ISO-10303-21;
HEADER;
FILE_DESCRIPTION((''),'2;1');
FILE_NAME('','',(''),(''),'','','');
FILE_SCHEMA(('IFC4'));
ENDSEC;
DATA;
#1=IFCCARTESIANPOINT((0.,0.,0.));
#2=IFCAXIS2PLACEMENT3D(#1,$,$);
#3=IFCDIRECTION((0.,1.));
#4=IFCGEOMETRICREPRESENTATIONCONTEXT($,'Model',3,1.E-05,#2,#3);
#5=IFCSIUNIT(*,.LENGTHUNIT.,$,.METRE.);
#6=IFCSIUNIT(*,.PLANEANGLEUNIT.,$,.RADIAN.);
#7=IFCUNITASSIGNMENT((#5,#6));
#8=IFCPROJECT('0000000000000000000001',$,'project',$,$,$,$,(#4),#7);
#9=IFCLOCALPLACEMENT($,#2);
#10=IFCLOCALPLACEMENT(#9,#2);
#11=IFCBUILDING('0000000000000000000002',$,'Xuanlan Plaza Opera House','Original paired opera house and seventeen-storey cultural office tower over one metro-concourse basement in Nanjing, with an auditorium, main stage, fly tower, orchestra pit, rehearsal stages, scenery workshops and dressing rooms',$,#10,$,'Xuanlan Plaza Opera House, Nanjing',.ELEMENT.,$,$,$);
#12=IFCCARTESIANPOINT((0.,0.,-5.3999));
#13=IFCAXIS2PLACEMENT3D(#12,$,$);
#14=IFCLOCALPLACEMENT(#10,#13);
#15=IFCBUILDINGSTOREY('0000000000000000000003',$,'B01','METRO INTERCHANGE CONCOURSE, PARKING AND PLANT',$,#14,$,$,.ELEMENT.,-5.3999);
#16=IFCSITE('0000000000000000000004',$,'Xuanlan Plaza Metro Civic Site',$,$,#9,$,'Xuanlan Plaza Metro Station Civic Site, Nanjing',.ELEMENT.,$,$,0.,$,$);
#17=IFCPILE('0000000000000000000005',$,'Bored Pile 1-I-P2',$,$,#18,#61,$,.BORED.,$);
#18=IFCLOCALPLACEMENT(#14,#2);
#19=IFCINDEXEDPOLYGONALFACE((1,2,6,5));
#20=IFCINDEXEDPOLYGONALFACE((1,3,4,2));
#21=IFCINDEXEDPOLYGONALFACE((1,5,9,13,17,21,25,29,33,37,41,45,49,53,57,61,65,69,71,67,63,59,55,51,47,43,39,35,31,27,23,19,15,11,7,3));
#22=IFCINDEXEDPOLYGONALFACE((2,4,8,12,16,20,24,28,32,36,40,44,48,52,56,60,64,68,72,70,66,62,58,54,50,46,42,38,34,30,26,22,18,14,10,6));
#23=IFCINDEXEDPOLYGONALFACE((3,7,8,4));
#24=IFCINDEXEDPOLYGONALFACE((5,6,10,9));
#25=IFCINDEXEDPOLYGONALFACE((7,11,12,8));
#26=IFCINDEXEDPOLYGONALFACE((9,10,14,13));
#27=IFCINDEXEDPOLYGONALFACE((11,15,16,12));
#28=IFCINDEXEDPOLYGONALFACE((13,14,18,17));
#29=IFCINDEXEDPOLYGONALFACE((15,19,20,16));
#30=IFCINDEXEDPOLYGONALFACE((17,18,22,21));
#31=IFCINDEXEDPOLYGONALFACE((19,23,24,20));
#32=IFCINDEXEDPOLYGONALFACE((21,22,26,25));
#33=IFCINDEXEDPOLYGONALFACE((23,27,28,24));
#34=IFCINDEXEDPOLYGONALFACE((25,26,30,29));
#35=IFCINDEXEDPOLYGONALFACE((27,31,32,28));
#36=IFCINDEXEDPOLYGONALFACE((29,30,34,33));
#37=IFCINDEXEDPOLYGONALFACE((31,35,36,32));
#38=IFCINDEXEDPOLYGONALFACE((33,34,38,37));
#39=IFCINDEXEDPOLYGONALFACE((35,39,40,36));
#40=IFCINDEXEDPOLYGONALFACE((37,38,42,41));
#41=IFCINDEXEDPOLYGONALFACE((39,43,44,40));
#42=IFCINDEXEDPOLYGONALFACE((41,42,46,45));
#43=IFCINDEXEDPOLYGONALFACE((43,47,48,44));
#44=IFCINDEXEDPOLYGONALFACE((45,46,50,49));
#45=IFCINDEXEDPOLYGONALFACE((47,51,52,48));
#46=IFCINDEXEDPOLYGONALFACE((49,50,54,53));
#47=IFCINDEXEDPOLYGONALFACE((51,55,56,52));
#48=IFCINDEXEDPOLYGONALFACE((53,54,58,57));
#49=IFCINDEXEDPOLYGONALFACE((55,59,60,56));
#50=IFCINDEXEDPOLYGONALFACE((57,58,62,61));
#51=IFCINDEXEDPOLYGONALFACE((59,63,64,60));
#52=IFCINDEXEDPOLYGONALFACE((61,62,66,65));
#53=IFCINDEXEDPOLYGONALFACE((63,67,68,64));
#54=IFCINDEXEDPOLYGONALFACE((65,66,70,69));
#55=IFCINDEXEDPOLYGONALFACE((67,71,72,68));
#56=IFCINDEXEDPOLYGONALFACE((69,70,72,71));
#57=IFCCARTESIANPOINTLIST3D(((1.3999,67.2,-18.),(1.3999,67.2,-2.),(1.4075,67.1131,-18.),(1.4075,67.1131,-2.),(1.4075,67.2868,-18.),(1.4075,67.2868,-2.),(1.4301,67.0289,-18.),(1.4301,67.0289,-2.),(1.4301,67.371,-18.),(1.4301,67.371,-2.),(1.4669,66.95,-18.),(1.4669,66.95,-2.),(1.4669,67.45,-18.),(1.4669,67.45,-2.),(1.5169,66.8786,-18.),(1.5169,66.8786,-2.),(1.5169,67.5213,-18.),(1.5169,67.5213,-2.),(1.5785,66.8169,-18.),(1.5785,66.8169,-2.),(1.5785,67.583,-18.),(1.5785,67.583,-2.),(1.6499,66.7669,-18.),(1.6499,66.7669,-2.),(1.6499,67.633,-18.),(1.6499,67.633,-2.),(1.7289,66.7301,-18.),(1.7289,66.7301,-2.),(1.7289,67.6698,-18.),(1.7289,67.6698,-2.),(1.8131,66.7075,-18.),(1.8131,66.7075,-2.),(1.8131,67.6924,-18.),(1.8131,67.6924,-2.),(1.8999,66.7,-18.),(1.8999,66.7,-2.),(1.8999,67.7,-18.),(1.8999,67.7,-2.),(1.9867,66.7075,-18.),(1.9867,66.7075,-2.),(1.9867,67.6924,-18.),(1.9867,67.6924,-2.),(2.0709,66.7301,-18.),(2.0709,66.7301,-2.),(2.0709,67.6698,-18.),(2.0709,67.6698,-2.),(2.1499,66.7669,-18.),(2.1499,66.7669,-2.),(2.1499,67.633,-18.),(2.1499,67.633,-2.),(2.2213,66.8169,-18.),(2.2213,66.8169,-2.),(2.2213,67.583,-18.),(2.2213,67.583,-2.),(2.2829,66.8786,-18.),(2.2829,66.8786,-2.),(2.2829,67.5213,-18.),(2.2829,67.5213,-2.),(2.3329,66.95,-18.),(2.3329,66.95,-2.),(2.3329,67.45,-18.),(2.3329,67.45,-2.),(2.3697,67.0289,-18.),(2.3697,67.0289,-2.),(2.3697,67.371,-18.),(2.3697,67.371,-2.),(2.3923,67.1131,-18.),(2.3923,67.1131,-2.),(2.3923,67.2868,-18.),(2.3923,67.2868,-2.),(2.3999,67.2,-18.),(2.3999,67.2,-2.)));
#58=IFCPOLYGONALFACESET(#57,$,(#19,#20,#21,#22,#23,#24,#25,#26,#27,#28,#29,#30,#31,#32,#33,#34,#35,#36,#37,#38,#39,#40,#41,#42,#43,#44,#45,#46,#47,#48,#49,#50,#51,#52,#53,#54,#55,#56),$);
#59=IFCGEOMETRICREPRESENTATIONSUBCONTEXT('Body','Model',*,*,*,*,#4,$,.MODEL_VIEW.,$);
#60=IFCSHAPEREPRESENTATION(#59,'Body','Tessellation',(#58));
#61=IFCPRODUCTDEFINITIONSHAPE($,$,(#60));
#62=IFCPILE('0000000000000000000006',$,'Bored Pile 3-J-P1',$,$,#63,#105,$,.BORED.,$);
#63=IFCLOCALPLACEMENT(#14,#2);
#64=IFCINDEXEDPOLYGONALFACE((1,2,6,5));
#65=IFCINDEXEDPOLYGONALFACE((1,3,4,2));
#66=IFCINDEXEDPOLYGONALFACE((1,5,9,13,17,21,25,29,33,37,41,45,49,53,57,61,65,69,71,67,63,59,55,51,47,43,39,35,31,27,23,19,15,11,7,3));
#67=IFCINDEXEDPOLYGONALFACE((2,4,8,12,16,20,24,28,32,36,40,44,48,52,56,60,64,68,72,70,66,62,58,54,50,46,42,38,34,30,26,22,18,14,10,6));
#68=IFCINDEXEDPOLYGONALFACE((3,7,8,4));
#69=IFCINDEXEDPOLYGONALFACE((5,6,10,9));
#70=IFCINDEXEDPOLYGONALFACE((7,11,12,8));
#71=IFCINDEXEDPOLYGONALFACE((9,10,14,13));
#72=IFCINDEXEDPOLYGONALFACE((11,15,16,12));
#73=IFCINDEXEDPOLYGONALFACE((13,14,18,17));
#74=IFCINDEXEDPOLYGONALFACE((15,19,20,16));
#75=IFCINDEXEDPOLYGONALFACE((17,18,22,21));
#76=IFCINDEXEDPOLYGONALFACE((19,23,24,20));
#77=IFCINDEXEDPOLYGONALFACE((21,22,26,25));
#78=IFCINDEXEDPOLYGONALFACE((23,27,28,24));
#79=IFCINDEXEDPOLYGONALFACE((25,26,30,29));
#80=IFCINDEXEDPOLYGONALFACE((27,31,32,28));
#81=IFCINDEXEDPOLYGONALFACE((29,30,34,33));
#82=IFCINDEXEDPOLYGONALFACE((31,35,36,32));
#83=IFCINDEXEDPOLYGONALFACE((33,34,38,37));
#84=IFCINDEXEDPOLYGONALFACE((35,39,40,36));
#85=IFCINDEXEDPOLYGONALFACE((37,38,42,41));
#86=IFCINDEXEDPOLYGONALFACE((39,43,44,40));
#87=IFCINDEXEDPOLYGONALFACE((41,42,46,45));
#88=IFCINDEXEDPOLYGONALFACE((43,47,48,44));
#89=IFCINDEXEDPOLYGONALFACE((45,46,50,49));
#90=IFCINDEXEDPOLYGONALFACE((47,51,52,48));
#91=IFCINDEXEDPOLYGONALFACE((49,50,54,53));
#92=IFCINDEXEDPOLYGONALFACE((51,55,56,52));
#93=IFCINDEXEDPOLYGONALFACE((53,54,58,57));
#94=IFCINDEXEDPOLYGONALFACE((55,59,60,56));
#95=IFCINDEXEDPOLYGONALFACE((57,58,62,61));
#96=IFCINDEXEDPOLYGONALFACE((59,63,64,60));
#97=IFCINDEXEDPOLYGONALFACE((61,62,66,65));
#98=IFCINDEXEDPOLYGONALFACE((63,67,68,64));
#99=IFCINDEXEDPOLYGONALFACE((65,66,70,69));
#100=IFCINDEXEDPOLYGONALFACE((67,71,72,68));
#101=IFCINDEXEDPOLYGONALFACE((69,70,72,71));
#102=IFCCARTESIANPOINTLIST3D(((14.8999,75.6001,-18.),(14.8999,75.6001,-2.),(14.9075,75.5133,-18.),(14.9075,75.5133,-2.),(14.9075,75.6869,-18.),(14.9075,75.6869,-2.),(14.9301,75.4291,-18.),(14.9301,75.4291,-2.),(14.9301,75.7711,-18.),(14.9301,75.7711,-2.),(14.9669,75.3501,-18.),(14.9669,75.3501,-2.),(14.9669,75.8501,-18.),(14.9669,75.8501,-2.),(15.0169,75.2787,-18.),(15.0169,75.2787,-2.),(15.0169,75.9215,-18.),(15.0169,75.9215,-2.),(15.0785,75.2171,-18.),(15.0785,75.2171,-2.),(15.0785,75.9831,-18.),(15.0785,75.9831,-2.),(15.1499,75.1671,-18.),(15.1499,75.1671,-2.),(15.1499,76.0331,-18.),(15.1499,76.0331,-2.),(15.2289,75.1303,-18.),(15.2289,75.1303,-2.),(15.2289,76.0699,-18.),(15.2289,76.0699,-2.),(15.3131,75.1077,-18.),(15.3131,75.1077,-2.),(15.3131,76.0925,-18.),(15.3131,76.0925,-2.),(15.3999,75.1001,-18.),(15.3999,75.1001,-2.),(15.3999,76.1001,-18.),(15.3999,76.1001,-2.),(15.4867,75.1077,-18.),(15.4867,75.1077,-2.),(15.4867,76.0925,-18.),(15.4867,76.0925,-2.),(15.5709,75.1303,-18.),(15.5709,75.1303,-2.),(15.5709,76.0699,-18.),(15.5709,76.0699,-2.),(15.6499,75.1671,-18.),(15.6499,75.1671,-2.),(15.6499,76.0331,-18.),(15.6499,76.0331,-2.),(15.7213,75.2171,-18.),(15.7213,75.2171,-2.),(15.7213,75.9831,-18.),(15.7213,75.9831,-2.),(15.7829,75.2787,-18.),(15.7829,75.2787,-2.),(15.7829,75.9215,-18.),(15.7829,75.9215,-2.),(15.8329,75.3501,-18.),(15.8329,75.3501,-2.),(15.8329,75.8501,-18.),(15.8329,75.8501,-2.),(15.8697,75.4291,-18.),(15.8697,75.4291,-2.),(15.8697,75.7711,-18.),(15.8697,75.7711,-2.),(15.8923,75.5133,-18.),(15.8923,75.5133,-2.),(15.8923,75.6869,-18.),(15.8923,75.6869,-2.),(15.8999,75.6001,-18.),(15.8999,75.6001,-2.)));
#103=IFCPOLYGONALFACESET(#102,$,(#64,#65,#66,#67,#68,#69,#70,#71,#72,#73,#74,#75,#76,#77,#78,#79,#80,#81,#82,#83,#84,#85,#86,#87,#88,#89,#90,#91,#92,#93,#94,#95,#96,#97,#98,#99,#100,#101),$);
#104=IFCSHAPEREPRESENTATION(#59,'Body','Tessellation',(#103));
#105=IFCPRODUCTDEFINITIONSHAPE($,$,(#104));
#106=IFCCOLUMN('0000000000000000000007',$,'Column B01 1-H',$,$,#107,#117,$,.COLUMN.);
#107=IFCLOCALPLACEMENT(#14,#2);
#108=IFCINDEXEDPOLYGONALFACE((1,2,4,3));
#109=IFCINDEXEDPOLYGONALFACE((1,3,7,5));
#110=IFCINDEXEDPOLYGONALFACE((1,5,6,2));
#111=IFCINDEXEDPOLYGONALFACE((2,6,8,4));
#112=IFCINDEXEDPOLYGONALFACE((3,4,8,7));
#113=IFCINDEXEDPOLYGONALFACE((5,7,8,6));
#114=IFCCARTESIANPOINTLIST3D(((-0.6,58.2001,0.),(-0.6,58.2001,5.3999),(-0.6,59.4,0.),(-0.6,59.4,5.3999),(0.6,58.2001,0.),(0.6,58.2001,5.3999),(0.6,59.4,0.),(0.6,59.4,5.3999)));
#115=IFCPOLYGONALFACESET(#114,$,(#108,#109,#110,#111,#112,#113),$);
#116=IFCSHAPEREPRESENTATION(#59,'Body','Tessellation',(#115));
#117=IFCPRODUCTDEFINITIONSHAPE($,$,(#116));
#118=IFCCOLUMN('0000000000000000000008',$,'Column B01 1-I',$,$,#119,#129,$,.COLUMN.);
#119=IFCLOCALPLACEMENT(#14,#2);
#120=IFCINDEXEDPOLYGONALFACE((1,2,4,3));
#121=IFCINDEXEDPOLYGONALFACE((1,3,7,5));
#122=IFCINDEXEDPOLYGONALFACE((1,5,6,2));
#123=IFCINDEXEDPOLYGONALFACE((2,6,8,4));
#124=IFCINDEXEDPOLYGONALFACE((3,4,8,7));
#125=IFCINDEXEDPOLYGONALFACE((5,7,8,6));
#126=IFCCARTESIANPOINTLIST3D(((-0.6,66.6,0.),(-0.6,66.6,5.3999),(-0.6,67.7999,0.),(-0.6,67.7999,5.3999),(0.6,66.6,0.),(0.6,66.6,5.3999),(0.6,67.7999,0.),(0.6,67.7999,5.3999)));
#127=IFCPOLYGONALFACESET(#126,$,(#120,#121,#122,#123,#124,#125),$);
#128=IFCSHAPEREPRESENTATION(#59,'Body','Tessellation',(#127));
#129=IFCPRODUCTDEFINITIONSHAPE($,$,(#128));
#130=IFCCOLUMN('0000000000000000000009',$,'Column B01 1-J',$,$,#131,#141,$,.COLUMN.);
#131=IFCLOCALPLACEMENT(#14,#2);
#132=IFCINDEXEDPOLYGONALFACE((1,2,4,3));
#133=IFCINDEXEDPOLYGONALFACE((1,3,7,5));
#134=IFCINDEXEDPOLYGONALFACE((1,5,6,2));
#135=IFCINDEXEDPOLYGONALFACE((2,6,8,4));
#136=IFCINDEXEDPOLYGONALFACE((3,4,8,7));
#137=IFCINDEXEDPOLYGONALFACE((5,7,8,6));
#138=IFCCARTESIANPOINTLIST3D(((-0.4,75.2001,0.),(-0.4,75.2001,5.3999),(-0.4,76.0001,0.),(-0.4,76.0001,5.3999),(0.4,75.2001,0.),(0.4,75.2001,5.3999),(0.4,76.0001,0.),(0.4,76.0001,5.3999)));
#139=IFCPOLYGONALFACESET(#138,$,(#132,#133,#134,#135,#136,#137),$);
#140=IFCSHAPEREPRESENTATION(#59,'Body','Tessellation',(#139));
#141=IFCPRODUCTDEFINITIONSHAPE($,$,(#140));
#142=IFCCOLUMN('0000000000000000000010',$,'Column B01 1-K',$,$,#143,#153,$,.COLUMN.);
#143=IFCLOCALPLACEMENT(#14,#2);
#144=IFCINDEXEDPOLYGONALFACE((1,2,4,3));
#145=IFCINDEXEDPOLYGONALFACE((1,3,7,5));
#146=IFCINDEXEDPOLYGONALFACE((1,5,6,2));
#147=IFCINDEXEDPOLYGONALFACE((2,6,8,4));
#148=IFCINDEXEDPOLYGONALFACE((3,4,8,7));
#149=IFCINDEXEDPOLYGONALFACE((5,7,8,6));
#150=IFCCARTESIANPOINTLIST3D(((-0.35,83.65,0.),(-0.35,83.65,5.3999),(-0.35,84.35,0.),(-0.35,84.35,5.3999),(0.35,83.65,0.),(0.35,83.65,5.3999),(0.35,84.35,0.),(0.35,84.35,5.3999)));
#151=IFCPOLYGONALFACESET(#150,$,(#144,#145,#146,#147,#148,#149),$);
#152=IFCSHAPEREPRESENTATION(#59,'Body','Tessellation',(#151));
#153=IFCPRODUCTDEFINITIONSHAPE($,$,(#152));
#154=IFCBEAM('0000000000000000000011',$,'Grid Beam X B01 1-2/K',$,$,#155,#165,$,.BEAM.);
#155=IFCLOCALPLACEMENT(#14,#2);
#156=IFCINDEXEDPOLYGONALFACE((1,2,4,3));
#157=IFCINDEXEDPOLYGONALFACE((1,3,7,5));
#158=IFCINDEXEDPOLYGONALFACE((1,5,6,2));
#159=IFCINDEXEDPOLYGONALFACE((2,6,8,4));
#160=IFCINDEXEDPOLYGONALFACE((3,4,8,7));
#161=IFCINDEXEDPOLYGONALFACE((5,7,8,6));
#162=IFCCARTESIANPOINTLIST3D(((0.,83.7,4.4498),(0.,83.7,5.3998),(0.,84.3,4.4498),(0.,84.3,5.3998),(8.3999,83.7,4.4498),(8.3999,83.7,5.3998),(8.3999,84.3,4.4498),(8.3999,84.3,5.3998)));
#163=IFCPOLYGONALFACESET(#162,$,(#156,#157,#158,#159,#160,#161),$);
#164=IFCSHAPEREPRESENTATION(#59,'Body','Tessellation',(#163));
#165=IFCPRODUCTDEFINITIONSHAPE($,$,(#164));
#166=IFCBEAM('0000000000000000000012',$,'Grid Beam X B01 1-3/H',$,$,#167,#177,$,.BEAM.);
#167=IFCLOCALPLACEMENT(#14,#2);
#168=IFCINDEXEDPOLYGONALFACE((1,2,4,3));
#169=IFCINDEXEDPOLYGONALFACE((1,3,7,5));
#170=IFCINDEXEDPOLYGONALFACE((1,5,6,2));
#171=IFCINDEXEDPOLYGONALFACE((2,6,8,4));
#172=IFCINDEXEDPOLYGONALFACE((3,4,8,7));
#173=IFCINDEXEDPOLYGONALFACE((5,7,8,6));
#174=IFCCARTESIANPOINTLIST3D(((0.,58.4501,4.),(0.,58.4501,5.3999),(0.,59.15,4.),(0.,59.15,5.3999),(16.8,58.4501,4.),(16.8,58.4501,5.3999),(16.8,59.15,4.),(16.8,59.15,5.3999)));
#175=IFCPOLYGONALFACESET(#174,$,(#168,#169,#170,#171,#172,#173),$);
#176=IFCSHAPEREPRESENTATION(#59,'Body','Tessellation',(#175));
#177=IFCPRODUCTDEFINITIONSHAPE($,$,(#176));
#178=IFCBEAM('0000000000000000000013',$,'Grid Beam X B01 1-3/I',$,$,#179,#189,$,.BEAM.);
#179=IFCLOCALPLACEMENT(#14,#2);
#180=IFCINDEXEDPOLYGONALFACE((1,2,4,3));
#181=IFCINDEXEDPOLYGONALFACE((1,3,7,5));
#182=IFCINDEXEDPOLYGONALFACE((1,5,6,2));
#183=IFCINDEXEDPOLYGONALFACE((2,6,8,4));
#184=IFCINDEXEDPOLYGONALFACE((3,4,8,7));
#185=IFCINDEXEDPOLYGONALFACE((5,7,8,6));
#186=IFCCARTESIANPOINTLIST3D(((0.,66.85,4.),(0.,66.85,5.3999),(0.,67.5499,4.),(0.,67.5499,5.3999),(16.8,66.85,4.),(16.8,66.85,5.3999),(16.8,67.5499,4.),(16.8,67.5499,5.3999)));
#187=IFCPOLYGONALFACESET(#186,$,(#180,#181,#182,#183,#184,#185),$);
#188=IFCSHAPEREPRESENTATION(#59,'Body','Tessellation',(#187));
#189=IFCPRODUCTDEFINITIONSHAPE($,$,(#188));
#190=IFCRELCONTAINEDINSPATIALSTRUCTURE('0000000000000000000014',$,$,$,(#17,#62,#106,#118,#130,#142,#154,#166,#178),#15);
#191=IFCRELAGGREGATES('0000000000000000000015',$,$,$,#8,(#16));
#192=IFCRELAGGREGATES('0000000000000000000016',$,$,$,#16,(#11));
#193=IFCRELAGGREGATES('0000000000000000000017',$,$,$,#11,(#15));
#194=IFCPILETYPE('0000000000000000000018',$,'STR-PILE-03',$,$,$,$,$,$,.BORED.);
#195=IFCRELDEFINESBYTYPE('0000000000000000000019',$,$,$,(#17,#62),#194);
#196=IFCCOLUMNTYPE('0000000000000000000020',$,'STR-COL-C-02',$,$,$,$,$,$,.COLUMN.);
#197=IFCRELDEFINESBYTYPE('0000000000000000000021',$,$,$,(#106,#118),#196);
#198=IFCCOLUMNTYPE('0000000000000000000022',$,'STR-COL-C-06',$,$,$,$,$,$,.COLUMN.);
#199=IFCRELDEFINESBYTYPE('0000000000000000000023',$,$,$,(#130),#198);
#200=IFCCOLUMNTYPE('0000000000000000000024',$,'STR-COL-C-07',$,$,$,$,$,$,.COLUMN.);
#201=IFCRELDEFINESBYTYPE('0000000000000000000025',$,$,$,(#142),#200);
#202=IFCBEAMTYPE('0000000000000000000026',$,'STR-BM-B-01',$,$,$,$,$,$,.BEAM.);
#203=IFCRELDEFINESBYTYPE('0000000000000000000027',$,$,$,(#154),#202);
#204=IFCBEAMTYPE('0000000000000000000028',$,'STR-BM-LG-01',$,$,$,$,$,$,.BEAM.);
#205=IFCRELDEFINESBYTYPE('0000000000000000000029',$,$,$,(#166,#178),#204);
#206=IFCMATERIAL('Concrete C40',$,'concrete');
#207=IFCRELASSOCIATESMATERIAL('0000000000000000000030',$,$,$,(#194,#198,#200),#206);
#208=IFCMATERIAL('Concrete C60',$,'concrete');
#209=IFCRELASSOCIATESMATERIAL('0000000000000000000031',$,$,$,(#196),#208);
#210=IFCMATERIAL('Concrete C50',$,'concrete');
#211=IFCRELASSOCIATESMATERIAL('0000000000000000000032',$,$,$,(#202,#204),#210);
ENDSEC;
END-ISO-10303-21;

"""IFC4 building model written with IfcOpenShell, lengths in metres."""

from ifc_helpers import new_model, si_unit, direction, frame, origin, origin_2d, place, context, subcontext, project, spatial, rectangle, circle, extrude, material, material_profile, profile_set, type_object, element, save


model = new_model("IFC4")

# Units and contexts
model_context = context("Model", 3, precision=1e-05, world=origin(), true_north=direction((0.0, 1.0)))
body_context = subcontext(model_context, "Body", "Model", "MODEL_VIEW")
ifc_project = project(units=[si_unit("LENGTHUNIT", "METRE"), si_unit("PLANEANGLEUNIT", "RADIAN")], contexts=[model_context])

# Site, building, storey
site_placement = place(None, origin())
site = spatial("IfcSite", under=ifc_project, at=site_placement, Name="Xuanlan Plaza Metro Civic Site", LongName="Xuanlan Plaza Metro Station Civic Site, Nanjing", CompositionType="ELEMENT", RefElevation=0.0)
building_placement = place(site_placement, origin())
building = spatial("IfcBuilding", under=site, at=building_placement, Name="Xuanlan Plaza Opera House", Description="Original paired opera house and seventeen-storey cultural office tower over one metro-concourse basement in Nanjing, with an auditorium, main stage, fly tower, orchestra pit, rehearsal stages, scenery workshops and dressing rooms", LongName="Xuanlan Plaza Opera House, Nanjing", CompositionType="ELEMENT")
storey_placement = place(building_placement, frame((0.0, 0.0, -5.3999)))
storey = spatial("IfcBuildingStorey", under=building, at=storey_placement, Name="B01", Description="METRO INTERCHANGE CONCOURSE, PARKING AND PLANT", CompositionType="ELEMENT", Elevation=-5.3999)

# Shared definitions
ifc_material_1 = material(Name="Concrete C50", Category="concrete")
ifc_material_2 = material(Name="Concrete C40", Category="concrete")

# Piles
ifc_material_profile_1 = material_profile(ifc_material_2, circle(Radius=0.5, at=origin_2d()), Name="PILE D1000")
ifc_profile_set_1 = profile_set([ifc_material_profile_1], Name="Concrete C40")
pile_type = type_object("IfcPileType", Name="STR-PILE-03", PredefinedType="BORED", material=ifc_profile_set_1)
for number, where, z_axis, x_axis, name in (
    (1, (1.8999, 67.2, -2.0), (0.0, 0.0, -1.0), (1.0, 0.0, 0.0), "Bored Pile 1-I-P2"),
    (2, (15.3999, 75.6001, -2.0), (0.0, 0.0, -1.0), (1.0, 0.0, 0.0), "Bored Pile 3-J-P1"),
):
    element("IfcPile", number, at=place(storey_placement, frame(where, z_axis=z_axis, x_axis=x_axis)), inside=storey, type_object=pile_type, Name=name, PredefinedType="BORED", context=body_context, shape_type="SweptSolid", body=[
        extrude(circle(Radius=0.5, at=origin_2d()), origin(), (0.0, 0.0, 1.0), 16.0),
    ])

# Columns
ifc_material_3 = material(Name="Concrete C60", Category="concrete")
ifc_material_profile_2 = material_profile(ifc_material_3, rectangle(XDim=1.2, YDim=1.2, at=origin_2d()), Name="RC-COL 1200x1200")
ifc_profile_set_2 = profile_set([ifc_material_profile_2], Name="Concrete C60")
column_type_1 = type_object("IfcColumnType", Name="STR-COL-C-02", PredefinedType="COLUMN", material=ifc_profile_set_2)
for number, where, z_axis, x_axis, name in (
    (3, (0.0, 58.8, 0.0), (0.0, 0.0, 1.0), (1.0, 0.0, 0.0), "Column B01 1-H"),
    (4, (0.0, 67.2, 0.0), (0.0, 0.0, 1.0), (1.0, 0.0, 0.0), "Column B01 1-I"),
):
    element("IfcColumn", number, at=place(storey_placement, frame(where, z_axis=z_axis, x_axis=x_axis)), inside=storey, type_object=column_type_1, Name=name, PredefinedType="COLUMN", context=body_context, shape_type="SweptSolid", body=[
        extrude(rectangle(XDim=1.2, YDim=1.2, at=origin_2d()), origin(), (0.0, 0.0, 1.0), 5.3999),
    ])
ifc_material_profile_3 = material_profile(ifc_material_2, rectangle(XDim=0.8, YDim=0.8, at=origin_2d()), Name="RC-COL 800x800")
ifc_profile_set_3 = profile_set([ifc_material_profile_3], Name="Concrete C40")
column_type_2 = type_object("IfcColumnType", Name="STR-COL-C-06", PredefinedType="COLUMN", material=ifc_profile_set_3)
column_1_placement = place(storey_placement, frame((0.0, 75.6001, 0.0), z_axis=(0.0, 0.0, 1.0), x_axis=(1.0, 0.0, 0.0)))
element("IfcColumn", 5, at=column_1_placement, inside=storey, type_object=column_type_2, Name="Column B01 1-J", PredefinedType="COLUMN", context=body_context, shape_type="SweptSolid", body=[
    extrude(rectangle(XDim=0.8, YDim=0.8, at=origin_2d()), origin(), (0.0, 0.0, 1.0), 5.3999),
])
ifc_material_profile_4 = material_profile(ifc_material_2, rectangle(XDim=0.7, YDim=0.7, at=origin_2d()), Name="RC-COL 700x700")
ifc_profile_set_4 = profile_set([ifc_material_profile_4], Name="Concrete C40")
column_type_3 = type_object("IfcColumnType", Name="STR-COL-C-07", PredefinedType="COLUMN", material=ifc_profile_set_4)
column_2_placement = place(storey_placement, frame((0.0, 84.0, 0.0), z_axis=(0.0, 0.0, 1.0), x_axis=(1.0, 0.0, 0.0)))
element("IfcColumn", 6, at=column_2_placement, inside=storey, type_object=column_type_3, Name="Column B01 1-K", PredefinedType="COLUMN", context=body_context, shape_type="SweptSolid", body=[
    extrude(rectangle(XDim=0.7, YDim=0.7, at=origin_2d()), origin(), (0.0, 0.0, 1.0), 5.3999),
])

# Beams
ifc_material_profile_5 = material_profile(ifc_material_1, rectangle(XDim=0.6001, YDim=0.95, at=origin_2d()), Name="RC-BM 600x950")
ifc_profile_set_5 = profile_set([ifc_material_profile_5], Name="Concrete C50")
beam_type_1 = type_object("IfcBeamType", Name="STR-BM-B-01", PredefinedType="BEAM", material=ifc_profile_set_5)
beam_1_placement = place(storey_placement, frame((0.0, 84.0, 4.9248), z_axis=(1.0, 0.0, 0.0), x_axis=(0.0, 1.0, 0.0)))
element("IfcBeam", 7, at=beam_1_placement, inside=storey, type_object=beam_type_1, Name="Grid Beam X B01 1-2/K", PredefinedType="BEAM", context=body_context, shape_type="SweptSolid", body=[
    extrude(rectangle(XDim=0.6001, YDim=0.95, at=origin_2d()), origin(), (0.0, 0.0, 1.0), 8.3999),
])
ifc_material_profile_6 = material_profile(ifc_material_1, rectangle(XDim=0.7, YDim=1.3999, at=origin_2d()), Name="RC-LG 700x1400")
ifc_profile_set_6 = profile_set([ifc_material_profile_6], Name="Concrete C50")
beam_type_2 = type_object("IfcBeamType", Name="STR-BM-LG-01", PredefinedType="BEAM", material=ifc_profile_set_6)
for number, where, z_axis, x_axis, name in (
    (8, (0.0, 58.8, 4.7), (1.0, 0.0, 0.0), (0.0, 1.0, 0.0), "Grid Beam X B01 1-3/H"),
    (9, (0.0, 67.2, 4.7), (1.0, 0.0, 0.0), (0.0, 1.0, 0.0), "Grid Beam X B01 1-3/I"),
):
    element("IfcBeam", number, at=place(storey_placement, frame(where, z_axis=z_axis, x_axis=x_axis)), inside=storey, type_object=beam_type_2, Name=name, PredefinedType="BEAM", context=body_context, shape_type="SweptSolid", body=[
        extrude(rectangle(XDim=0.7, YDim=1.3999, at=origin_2d()), origin(), (0.0, 0.0, 1.0), 16.8),
    ])

save(model, "model.ifc")
